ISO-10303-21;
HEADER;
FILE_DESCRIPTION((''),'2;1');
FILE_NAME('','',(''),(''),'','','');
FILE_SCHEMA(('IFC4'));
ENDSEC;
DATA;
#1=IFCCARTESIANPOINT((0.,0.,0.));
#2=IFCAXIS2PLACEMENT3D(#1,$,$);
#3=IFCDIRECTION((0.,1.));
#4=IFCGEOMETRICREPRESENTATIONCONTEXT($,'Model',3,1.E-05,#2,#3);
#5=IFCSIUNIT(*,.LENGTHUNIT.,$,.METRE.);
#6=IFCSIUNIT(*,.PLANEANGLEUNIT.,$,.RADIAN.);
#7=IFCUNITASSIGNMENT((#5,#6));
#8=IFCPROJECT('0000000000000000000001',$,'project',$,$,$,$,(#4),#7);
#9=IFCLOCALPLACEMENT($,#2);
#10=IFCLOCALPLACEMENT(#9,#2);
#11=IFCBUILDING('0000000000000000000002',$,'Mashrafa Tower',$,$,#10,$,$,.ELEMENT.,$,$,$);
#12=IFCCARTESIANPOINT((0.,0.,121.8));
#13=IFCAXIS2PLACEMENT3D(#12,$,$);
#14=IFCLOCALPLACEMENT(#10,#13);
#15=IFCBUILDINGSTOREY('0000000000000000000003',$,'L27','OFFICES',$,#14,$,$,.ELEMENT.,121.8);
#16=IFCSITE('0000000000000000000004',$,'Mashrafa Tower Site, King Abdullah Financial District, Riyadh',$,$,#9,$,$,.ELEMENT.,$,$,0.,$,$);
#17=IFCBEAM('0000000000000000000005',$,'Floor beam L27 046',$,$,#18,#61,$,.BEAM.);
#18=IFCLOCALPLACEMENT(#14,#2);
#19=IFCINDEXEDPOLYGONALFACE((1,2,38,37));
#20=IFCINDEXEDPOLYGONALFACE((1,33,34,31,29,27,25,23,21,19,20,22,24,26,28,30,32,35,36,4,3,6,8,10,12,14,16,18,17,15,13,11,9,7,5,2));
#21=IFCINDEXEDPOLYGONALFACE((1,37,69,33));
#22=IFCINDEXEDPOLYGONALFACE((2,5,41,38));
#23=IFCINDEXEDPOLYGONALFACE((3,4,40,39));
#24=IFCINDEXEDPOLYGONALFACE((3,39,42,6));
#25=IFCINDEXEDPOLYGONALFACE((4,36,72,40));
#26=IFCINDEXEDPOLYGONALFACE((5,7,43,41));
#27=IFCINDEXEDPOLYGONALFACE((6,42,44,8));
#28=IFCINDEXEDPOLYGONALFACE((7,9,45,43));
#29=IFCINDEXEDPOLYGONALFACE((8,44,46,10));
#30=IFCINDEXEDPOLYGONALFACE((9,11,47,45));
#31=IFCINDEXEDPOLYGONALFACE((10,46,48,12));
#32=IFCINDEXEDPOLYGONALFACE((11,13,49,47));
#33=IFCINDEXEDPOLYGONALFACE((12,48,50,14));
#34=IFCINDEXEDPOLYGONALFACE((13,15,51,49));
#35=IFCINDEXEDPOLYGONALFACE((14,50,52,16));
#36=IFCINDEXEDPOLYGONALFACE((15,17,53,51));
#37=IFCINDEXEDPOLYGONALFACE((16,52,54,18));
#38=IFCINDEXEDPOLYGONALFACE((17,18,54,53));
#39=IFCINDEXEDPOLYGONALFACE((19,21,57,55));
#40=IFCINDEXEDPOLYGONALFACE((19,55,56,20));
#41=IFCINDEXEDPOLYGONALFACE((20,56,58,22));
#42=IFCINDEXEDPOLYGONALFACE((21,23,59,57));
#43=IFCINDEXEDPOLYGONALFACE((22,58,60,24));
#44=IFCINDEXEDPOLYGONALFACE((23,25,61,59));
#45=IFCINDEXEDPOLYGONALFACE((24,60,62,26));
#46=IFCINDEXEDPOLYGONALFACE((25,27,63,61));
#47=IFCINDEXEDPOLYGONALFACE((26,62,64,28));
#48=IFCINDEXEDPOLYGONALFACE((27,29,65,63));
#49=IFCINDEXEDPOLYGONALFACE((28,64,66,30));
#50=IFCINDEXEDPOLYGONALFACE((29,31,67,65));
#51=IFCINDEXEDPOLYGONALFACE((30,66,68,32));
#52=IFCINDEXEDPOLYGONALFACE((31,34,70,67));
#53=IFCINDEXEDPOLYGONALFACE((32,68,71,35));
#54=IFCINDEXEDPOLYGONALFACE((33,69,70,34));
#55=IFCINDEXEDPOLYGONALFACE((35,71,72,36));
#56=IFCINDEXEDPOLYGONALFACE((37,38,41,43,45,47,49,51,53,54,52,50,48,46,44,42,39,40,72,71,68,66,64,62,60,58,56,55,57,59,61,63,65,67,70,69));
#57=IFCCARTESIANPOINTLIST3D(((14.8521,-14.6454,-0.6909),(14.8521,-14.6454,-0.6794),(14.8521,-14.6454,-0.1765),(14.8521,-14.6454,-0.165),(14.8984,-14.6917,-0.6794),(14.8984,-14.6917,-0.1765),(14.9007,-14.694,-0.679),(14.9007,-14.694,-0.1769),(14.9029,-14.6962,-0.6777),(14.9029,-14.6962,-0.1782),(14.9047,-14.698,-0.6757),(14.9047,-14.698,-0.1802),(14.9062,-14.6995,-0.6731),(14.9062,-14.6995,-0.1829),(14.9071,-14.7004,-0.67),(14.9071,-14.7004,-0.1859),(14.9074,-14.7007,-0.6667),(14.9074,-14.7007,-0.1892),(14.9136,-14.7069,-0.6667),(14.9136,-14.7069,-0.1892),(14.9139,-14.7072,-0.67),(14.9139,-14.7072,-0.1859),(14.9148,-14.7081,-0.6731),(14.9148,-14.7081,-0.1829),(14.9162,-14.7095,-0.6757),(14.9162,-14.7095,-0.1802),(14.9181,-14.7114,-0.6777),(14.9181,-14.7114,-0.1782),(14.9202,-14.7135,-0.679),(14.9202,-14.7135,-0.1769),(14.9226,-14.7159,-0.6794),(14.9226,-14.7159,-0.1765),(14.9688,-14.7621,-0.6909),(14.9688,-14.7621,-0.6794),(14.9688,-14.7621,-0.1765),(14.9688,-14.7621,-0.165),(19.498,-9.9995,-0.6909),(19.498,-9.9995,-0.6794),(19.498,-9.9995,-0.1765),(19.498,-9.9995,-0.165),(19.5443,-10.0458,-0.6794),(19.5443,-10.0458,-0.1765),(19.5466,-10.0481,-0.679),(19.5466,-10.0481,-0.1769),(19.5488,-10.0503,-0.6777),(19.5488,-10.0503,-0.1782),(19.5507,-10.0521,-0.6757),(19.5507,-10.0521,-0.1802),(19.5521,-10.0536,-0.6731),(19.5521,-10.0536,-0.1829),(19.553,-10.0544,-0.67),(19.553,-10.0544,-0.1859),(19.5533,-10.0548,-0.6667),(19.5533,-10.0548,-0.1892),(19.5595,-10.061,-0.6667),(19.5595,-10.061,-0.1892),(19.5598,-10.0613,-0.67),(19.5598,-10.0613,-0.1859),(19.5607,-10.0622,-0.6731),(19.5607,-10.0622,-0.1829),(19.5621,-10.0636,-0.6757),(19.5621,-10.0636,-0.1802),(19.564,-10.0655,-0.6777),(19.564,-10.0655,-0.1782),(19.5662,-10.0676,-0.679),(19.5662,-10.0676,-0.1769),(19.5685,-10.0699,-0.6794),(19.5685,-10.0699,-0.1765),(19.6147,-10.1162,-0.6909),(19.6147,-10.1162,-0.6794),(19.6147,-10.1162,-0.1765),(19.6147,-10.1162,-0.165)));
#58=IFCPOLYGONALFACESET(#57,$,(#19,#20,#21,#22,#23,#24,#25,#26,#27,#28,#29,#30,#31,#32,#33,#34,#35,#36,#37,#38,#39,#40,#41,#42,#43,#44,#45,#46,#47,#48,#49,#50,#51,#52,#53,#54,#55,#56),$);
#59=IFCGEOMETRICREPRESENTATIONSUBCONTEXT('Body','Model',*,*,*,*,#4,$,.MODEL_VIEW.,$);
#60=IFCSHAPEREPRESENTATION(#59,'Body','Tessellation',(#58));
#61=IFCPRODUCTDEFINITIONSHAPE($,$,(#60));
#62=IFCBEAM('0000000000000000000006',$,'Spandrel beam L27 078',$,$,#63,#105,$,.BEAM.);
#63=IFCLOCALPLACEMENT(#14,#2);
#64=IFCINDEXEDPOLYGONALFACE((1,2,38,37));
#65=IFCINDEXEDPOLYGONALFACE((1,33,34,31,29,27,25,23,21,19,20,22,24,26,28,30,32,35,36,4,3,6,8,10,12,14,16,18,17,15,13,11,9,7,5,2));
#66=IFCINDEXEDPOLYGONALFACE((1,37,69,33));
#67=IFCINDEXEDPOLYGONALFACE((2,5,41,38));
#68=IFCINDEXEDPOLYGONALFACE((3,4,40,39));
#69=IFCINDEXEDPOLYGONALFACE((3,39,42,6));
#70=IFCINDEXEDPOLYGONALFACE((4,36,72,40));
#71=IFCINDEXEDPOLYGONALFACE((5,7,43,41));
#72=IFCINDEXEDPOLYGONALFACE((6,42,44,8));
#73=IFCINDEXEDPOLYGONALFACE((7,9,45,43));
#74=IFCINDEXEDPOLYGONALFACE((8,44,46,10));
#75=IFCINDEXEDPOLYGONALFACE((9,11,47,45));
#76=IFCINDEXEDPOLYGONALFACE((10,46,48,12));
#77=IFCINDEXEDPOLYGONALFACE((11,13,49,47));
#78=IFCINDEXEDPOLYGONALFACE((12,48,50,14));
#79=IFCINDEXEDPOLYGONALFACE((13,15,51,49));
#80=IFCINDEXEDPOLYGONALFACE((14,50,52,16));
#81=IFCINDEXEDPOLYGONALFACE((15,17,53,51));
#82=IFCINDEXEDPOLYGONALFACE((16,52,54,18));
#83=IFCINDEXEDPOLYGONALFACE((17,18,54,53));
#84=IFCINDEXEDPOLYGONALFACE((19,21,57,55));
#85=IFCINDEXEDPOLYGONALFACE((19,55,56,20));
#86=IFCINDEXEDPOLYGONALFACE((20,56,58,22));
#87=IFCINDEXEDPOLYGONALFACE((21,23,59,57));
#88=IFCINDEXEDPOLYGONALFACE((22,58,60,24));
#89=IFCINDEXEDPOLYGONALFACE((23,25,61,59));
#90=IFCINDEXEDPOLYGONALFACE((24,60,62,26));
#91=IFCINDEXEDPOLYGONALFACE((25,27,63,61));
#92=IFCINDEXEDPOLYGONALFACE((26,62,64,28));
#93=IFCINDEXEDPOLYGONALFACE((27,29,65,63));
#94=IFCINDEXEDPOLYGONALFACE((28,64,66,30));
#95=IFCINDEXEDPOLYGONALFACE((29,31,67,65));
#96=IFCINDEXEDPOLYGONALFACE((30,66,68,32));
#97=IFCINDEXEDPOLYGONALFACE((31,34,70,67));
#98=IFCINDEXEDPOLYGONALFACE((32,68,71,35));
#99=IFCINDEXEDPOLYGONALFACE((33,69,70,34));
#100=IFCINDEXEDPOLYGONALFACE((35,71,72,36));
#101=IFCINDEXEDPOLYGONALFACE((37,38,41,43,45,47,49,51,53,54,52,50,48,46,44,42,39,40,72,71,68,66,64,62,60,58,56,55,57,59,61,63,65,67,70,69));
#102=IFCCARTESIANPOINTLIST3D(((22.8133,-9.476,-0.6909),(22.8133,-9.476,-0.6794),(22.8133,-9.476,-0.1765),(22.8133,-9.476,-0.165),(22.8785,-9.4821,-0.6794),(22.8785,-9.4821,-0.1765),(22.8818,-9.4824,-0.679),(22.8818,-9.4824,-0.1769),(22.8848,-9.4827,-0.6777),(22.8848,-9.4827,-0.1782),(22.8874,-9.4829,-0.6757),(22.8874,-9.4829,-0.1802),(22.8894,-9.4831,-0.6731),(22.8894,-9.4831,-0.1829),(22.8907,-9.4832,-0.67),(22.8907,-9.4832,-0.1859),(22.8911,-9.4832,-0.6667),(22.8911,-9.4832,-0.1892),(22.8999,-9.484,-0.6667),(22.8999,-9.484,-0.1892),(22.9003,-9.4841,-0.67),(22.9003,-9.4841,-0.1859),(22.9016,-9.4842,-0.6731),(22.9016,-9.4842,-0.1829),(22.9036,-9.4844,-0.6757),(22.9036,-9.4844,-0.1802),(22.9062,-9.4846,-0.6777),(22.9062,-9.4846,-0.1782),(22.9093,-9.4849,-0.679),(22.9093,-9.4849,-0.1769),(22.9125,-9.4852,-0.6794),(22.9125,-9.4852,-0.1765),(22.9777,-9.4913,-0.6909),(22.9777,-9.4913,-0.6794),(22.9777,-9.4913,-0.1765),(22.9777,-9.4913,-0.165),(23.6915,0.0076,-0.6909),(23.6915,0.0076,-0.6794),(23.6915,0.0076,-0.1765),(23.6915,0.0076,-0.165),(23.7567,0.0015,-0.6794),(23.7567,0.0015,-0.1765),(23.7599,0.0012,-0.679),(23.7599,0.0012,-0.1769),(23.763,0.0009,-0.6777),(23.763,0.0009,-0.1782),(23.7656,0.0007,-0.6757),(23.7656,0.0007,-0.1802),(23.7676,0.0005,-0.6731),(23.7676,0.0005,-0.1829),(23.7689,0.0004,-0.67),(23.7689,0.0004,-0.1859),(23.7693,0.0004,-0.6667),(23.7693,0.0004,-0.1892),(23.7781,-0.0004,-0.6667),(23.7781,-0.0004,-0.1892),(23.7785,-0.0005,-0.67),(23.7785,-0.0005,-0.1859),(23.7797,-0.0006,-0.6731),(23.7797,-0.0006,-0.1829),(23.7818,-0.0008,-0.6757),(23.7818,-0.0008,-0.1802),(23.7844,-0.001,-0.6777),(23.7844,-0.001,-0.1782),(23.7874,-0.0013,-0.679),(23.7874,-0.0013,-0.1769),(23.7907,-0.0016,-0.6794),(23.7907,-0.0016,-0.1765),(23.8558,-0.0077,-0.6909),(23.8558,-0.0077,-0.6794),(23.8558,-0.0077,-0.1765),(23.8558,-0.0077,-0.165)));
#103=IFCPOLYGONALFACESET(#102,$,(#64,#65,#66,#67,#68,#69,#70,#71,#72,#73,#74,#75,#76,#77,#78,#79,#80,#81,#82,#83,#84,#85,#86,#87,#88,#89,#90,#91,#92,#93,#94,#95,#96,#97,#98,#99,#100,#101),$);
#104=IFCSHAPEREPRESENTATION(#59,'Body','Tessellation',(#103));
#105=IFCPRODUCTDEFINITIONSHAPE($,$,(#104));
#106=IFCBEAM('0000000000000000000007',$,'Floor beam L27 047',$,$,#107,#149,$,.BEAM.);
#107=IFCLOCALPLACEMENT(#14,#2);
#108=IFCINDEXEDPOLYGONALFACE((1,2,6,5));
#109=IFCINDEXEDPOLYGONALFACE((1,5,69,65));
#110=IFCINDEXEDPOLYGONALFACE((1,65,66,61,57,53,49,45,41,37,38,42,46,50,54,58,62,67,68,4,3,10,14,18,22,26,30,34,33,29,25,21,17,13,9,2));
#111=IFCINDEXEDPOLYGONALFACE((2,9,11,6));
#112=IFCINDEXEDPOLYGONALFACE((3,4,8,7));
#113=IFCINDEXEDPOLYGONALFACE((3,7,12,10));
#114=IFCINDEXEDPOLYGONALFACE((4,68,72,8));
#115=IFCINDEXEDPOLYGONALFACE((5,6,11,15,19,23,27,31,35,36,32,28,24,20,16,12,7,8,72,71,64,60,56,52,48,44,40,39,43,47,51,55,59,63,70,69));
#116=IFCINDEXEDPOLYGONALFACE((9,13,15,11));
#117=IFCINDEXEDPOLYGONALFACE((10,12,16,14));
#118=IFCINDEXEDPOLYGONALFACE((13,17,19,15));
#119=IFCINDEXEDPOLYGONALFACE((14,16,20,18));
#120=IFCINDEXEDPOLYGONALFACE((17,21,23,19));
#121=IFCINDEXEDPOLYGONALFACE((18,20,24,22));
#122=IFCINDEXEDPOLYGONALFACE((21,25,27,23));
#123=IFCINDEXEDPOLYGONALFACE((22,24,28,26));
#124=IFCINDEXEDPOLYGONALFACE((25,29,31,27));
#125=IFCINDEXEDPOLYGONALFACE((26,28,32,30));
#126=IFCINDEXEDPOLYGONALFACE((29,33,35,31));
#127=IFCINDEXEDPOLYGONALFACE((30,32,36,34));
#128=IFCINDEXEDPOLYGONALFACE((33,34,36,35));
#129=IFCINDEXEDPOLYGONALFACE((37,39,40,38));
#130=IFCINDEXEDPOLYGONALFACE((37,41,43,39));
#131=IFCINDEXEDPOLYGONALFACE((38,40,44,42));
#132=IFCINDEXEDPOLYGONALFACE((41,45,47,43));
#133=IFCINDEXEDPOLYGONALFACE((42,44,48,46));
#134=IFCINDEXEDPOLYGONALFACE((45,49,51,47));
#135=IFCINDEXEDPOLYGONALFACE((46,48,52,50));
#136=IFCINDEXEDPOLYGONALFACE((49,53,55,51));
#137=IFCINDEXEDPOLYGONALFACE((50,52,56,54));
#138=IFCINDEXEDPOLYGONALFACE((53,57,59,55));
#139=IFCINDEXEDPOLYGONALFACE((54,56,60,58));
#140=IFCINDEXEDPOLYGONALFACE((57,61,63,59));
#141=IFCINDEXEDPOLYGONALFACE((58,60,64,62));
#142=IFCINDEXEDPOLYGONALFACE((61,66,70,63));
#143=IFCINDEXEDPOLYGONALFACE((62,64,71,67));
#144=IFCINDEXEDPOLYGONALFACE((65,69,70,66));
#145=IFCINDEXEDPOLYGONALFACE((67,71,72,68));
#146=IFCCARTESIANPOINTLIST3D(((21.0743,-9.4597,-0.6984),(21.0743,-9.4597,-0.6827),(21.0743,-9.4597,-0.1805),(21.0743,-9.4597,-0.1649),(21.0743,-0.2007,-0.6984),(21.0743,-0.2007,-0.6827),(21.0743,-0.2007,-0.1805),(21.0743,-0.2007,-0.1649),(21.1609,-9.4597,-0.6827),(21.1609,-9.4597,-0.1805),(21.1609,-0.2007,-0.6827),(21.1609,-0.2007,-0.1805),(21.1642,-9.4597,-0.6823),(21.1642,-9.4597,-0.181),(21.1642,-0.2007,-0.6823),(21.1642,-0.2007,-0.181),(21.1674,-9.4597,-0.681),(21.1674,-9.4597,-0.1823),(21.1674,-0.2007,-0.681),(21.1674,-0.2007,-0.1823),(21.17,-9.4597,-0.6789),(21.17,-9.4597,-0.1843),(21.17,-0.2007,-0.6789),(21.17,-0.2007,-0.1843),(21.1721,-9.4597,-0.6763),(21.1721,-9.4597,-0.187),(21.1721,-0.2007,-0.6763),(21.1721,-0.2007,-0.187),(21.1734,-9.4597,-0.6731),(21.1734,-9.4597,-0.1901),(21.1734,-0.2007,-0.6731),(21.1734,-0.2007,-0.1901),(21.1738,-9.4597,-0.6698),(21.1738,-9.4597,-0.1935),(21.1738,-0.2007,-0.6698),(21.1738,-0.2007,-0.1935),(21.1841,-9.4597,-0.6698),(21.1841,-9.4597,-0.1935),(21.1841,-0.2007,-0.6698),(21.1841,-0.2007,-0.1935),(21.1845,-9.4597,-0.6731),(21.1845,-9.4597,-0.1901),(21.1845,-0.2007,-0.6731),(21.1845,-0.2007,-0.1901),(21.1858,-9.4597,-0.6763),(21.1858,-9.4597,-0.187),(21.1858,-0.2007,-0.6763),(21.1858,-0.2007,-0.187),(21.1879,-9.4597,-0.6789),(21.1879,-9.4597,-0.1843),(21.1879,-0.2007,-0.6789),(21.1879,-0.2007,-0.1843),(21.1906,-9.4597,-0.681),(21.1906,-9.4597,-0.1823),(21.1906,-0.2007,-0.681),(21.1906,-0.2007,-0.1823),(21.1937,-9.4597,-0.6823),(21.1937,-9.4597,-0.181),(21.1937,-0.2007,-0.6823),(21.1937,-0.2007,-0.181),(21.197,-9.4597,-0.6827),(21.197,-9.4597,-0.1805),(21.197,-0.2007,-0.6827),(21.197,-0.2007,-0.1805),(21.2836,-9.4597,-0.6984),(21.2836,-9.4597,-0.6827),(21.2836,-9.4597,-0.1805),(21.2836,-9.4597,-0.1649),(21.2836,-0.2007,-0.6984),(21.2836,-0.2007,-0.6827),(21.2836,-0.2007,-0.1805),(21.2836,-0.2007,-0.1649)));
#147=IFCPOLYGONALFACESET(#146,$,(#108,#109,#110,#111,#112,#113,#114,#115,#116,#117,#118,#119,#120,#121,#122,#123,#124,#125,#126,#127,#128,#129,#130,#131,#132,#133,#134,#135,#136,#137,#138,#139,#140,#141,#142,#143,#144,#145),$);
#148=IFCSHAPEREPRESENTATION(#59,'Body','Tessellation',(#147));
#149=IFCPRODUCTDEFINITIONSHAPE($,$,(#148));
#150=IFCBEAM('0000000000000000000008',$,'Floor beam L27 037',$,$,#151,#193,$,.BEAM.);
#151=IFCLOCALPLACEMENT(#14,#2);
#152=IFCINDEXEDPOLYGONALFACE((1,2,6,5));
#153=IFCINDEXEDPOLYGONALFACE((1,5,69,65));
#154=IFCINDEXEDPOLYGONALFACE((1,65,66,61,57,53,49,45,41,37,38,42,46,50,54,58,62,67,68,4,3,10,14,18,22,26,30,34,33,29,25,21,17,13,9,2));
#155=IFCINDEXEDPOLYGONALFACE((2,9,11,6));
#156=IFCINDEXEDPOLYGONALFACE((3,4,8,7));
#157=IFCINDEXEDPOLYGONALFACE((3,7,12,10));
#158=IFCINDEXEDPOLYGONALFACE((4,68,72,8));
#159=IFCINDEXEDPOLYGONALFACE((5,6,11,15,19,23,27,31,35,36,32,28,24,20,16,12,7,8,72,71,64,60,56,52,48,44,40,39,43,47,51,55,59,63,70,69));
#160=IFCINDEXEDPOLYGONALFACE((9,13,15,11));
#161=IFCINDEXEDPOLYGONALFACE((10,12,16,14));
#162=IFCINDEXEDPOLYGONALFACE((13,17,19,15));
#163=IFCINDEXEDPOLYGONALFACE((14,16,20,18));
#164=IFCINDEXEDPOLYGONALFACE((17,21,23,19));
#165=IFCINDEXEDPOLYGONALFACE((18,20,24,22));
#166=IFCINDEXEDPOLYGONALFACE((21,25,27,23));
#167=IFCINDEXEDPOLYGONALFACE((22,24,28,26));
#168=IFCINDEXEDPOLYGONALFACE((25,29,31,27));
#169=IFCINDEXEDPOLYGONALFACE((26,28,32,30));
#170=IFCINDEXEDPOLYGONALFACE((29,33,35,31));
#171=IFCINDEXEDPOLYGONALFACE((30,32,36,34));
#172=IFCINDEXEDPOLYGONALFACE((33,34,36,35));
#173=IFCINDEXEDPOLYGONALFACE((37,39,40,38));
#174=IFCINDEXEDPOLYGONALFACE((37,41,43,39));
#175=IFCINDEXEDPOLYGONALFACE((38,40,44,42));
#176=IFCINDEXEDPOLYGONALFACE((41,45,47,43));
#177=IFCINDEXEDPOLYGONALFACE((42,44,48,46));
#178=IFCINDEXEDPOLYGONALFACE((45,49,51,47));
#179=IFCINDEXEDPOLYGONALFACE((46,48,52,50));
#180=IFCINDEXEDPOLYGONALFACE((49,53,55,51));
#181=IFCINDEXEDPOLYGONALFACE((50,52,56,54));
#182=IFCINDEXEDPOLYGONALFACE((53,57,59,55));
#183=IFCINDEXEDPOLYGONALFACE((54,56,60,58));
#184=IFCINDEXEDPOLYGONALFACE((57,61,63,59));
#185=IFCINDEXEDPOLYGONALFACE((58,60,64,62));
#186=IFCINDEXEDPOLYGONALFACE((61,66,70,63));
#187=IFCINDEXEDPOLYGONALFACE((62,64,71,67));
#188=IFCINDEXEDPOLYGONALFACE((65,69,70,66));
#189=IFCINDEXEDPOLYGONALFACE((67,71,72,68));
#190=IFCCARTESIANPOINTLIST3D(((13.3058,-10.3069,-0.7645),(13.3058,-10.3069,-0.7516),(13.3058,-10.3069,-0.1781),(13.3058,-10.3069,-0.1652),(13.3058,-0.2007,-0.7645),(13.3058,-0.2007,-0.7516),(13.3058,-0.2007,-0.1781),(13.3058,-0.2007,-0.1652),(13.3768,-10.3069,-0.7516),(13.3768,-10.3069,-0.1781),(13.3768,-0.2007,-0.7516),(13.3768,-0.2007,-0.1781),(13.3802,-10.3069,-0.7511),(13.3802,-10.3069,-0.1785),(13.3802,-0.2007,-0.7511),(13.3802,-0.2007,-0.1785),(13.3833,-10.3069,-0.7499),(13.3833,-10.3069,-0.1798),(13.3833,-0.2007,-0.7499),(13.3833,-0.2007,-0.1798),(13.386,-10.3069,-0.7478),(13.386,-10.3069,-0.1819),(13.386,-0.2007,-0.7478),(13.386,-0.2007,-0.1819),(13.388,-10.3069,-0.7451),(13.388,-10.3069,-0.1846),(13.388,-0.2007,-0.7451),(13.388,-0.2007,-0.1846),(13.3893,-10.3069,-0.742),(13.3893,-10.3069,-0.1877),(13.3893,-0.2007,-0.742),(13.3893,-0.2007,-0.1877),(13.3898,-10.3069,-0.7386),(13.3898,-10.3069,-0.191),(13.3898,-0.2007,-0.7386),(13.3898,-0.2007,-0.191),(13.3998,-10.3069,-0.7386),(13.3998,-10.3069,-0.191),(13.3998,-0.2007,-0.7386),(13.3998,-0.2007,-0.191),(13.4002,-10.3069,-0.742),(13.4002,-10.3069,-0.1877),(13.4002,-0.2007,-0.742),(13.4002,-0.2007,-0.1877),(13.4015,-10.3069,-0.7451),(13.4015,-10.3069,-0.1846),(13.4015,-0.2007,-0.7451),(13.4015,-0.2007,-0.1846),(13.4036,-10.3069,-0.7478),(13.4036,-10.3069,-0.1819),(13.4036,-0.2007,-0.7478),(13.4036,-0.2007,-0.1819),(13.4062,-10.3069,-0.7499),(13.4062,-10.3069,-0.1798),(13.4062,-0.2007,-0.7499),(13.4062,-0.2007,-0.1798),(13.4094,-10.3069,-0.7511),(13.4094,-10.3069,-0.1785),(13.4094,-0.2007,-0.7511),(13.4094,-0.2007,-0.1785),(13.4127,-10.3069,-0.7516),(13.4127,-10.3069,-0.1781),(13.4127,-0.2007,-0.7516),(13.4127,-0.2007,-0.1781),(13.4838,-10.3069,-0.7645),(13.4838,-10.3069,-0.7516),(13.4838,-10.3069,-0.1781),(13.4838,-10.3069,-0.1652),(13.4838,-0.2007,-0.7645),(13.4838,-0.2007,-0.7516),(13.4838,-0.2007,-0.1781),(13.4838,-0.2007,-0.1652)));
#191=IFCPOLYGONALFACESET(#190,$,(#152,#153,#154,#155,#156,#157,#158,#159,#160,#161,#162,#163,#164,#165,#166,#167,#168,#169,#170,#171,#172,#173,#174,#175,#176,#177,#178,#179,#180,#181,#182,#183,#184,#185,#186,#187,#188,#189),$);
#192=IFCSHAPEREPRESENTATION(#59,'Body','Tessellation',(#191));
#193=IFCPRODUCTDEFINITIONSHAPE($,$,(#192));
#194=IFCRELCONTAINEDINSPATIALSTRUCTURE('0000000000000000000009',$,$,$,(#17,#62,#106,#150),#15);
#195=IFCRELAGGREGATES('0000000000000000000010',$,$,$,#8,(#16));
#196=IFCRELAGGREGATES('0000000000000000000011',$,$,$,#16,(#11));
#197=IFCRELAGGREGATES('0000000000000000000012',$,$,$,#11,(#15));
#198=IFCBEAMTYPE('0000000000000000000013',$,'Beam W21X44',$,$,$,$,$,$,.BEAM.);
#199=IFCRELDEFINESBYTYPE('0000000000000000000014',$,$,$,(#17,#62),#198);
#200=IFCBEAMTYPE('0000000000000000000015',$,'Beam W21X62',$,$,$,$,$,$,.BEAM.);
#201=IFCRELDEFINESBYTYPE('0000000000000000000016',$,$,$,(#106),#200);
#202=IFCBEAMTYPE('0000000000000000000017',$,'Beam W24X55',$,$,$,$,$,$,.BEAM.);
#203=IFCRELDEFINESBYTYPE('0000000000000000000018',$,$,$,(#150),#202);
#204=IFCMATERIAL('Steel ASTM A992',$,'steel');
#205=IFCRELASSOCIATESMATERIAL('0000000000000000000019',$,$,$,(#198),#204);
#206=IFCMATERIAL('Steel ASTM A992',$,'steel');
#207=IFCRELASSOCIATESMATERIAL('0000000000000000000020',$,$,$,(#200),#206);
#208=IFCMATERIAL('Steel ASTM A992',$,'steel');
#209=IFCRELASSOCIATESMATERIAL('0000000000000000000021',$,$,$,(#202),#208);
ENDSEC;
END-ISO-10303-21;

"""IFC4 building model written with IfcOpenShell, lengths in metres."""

from ifc_helpers import new_model, si_unit, direction, frame, origin, origin_2d, place, context, subcontext, project, spatial, i_section, extrude, material, material_profile, profile_set, type_object, element, save


model = new_model("IFC4")

# Units and contexts
model_context = context("Model", 3, precision=1e-05, world=origin(), true_north=direction((0.0, 1.0)))
body_context = subcontext(model_context, "Body", "Model", "MODEL_VIEW")
ifc_project = project(units=[si_unit("LENGTHUNIT", "METRE"), si_unit("PLANEANGLEUNIT", "RADIAN")], contexts=[model_context])

# Site, building, storey
site_placement = place(None, origin())
site = spatial("IfcSite", under=ifc_project, at=site_placement, Name="Mashrafa Tower Site, King Abdullah Financial District, Riyadh", CompositionType="ELEMENT", RefElevation=0.0)
building_placement = place(site_placement, origin())
building = spatial("IfcBuilding", under=site, at=building_placement, Name="Mashrafa Tower", CompositionType="ELEMENT")
storey_placement = place(building_placement, frame((0.0, 0.0, 121.8)))
storey = spatial("IfcBuildingStorey", under=building, at=storey_placement, Name="L27", Description="OFFICES", CompositionType="ELEMENT", Elevation=121.8)

# Beams
ifc_material_1 = material(Name="Steel ASTM A992", Category="steel")
ifc_material_profile_1 = material_profile(ifc_material_1, i_section(OverallWidth=0.165, OverallDepth=0.5259, WebThickness=0.0088, FlangeThickness=0.0115, FilletRadius=0.0127, at=origin_2d()), Name="W21X44")
ifc_profile_set_1 = profile_set([ifc_material_profile_1], Name="Steel ASTM A992")
beam_type_1 = type_object("IfcBeamType", Name="Beam W21X44", PredefinedType="BEAM", material=ifc_profile_set_1)
beam_1_placement = place(storey_placement, frame((19.5564, -10.0579, -0.428), z_axis=(-0.707107, -0.707107, 0.0), x_axis=(0.707107, -0.707107, 0.0)))
element("IfcBeam", 1, at=beam_1_placement, inside=storey, type_object=beam_type_1, Name="Floor beam L27 046", PredefinedType="BEAM", context=body_context, shape_type="SweptSolid", body=[
    extrude(i_section(OverallWidth=0.165, OverallDepth=0.5259, WebThickness=0.0088, FlangeThickness=0.0115, FilletRadius=0.0127, at=origin_2d()), origin(), (0.0, 0.0, 1.0), 6.5703),
])
beam_2_placement = place(storey_placement, frame((22.8955, -9.4836, -0.428), z_axis=(0.092204, 0.99574, 0.0), x_axis=(-0.99574, 0.092204, 0.0)))
element("IfcBeam", 2, at=beam_2_placement, inside=storey, type_object=beam_type_1, Name="Spandrel beam L27 078", PredefinedType="BEAM", context=body_context, shape_type="SweptSolid", body=[
    extrude(i_section(OverallWidth=0.165, OverallDepth=0.5259, WebThickness=0.0088, FlangeThickness=0.0115, FilletRadius=0.0127, at=origin_2d()), origin(), (0.0, 0.0, 1.0), 9.5242),
])
ifc_material_2 = material(Name="Steel ASTM A992", Category="steel")
ifc_material_profile_2 = material_profile(ifc_material_2, i_section(OverallWidth=0.2092, OverallDepth=0.5334, WebThickness=0.0103, FlangeThickness=0.0156, FilletRadius=0.0129, at=origin_2d()), Name="W21X62")
ifc_profile_set_2 = profile_set([ifc_material_profile_2], Name="Steel ASTM A992")
beam_type_2 = type_object("IfcBeamType", Name="Beam W21X62", PredefinedType="BEAM", material=ifc_profile_set_2)
beam_3_placement = place(storey_placement, frame((21.179, -0.2007, -0.4316), z_axis=(0.0, -1.0, 0.0), x_axis=(1.0, 0.0, 0.0)))
element("IfcBeam", 3, at=beam_3_placement, inside=storey, type_object=beam_type_2, Name="Floor beam L27 047", PredefinedType="BEAM", context=body_context, shape_type="SweptSolid", body=[
    extrude(i_section(OverallWidth=0.2092, OverallDepth=0.5334, WebThickness=0.0103, FlangeThickness=0.0156, FilletRadius=0.0129, at=origin_2d()), origin(), (0.0, 0.0, 1.0), 9.259),
])
ifc_material_3 = material(Name="Steel ASTM A992", Category="steel")
ifc_material_profile_3 = material_profile(ifc_material_3, i_section(OverallWidth=0.178, OverallDepth=0.5994, WebThickness=0.01, FlangeThickness=0.0129, FilletRadius=0.0129, at=origin_2d()), Name="W24X55")
ifc_profile_set_3 = profile_set([ifc_material_profile_3], Name="Steel ASTM A992")
beam_type_3 = type_object("IfcBeamType", Name="Beam W24X55", PredefinedType="BEAM", material=ifc_profile_set_3)
beam_4_placement = place(storey_placement, frame((13.3948, -0.2007, -0.4648), z_axis=(0.0, -1.0, 0.0), x_axis=(1.0, 0.0, 0.0)))
element("IfcBeam", 4, at=beam_4_placement, inside=storey, type_object=beam_type_3, Name="Floor beam L27 037", PredefinedType="BEAM", context=body_context, shape_type="SweptSolid", body=[
    extrude(i_section(OverallWidth=0.178, OverallDepth=0.5994, WebThickness=0.01, FlangeThickness=0.0129, FilletRadius=0.0129, at=origin_2d()), origin(), (0.0, 0.0, 1.0), 10.1062),
])

save(model, "model.ifc")
